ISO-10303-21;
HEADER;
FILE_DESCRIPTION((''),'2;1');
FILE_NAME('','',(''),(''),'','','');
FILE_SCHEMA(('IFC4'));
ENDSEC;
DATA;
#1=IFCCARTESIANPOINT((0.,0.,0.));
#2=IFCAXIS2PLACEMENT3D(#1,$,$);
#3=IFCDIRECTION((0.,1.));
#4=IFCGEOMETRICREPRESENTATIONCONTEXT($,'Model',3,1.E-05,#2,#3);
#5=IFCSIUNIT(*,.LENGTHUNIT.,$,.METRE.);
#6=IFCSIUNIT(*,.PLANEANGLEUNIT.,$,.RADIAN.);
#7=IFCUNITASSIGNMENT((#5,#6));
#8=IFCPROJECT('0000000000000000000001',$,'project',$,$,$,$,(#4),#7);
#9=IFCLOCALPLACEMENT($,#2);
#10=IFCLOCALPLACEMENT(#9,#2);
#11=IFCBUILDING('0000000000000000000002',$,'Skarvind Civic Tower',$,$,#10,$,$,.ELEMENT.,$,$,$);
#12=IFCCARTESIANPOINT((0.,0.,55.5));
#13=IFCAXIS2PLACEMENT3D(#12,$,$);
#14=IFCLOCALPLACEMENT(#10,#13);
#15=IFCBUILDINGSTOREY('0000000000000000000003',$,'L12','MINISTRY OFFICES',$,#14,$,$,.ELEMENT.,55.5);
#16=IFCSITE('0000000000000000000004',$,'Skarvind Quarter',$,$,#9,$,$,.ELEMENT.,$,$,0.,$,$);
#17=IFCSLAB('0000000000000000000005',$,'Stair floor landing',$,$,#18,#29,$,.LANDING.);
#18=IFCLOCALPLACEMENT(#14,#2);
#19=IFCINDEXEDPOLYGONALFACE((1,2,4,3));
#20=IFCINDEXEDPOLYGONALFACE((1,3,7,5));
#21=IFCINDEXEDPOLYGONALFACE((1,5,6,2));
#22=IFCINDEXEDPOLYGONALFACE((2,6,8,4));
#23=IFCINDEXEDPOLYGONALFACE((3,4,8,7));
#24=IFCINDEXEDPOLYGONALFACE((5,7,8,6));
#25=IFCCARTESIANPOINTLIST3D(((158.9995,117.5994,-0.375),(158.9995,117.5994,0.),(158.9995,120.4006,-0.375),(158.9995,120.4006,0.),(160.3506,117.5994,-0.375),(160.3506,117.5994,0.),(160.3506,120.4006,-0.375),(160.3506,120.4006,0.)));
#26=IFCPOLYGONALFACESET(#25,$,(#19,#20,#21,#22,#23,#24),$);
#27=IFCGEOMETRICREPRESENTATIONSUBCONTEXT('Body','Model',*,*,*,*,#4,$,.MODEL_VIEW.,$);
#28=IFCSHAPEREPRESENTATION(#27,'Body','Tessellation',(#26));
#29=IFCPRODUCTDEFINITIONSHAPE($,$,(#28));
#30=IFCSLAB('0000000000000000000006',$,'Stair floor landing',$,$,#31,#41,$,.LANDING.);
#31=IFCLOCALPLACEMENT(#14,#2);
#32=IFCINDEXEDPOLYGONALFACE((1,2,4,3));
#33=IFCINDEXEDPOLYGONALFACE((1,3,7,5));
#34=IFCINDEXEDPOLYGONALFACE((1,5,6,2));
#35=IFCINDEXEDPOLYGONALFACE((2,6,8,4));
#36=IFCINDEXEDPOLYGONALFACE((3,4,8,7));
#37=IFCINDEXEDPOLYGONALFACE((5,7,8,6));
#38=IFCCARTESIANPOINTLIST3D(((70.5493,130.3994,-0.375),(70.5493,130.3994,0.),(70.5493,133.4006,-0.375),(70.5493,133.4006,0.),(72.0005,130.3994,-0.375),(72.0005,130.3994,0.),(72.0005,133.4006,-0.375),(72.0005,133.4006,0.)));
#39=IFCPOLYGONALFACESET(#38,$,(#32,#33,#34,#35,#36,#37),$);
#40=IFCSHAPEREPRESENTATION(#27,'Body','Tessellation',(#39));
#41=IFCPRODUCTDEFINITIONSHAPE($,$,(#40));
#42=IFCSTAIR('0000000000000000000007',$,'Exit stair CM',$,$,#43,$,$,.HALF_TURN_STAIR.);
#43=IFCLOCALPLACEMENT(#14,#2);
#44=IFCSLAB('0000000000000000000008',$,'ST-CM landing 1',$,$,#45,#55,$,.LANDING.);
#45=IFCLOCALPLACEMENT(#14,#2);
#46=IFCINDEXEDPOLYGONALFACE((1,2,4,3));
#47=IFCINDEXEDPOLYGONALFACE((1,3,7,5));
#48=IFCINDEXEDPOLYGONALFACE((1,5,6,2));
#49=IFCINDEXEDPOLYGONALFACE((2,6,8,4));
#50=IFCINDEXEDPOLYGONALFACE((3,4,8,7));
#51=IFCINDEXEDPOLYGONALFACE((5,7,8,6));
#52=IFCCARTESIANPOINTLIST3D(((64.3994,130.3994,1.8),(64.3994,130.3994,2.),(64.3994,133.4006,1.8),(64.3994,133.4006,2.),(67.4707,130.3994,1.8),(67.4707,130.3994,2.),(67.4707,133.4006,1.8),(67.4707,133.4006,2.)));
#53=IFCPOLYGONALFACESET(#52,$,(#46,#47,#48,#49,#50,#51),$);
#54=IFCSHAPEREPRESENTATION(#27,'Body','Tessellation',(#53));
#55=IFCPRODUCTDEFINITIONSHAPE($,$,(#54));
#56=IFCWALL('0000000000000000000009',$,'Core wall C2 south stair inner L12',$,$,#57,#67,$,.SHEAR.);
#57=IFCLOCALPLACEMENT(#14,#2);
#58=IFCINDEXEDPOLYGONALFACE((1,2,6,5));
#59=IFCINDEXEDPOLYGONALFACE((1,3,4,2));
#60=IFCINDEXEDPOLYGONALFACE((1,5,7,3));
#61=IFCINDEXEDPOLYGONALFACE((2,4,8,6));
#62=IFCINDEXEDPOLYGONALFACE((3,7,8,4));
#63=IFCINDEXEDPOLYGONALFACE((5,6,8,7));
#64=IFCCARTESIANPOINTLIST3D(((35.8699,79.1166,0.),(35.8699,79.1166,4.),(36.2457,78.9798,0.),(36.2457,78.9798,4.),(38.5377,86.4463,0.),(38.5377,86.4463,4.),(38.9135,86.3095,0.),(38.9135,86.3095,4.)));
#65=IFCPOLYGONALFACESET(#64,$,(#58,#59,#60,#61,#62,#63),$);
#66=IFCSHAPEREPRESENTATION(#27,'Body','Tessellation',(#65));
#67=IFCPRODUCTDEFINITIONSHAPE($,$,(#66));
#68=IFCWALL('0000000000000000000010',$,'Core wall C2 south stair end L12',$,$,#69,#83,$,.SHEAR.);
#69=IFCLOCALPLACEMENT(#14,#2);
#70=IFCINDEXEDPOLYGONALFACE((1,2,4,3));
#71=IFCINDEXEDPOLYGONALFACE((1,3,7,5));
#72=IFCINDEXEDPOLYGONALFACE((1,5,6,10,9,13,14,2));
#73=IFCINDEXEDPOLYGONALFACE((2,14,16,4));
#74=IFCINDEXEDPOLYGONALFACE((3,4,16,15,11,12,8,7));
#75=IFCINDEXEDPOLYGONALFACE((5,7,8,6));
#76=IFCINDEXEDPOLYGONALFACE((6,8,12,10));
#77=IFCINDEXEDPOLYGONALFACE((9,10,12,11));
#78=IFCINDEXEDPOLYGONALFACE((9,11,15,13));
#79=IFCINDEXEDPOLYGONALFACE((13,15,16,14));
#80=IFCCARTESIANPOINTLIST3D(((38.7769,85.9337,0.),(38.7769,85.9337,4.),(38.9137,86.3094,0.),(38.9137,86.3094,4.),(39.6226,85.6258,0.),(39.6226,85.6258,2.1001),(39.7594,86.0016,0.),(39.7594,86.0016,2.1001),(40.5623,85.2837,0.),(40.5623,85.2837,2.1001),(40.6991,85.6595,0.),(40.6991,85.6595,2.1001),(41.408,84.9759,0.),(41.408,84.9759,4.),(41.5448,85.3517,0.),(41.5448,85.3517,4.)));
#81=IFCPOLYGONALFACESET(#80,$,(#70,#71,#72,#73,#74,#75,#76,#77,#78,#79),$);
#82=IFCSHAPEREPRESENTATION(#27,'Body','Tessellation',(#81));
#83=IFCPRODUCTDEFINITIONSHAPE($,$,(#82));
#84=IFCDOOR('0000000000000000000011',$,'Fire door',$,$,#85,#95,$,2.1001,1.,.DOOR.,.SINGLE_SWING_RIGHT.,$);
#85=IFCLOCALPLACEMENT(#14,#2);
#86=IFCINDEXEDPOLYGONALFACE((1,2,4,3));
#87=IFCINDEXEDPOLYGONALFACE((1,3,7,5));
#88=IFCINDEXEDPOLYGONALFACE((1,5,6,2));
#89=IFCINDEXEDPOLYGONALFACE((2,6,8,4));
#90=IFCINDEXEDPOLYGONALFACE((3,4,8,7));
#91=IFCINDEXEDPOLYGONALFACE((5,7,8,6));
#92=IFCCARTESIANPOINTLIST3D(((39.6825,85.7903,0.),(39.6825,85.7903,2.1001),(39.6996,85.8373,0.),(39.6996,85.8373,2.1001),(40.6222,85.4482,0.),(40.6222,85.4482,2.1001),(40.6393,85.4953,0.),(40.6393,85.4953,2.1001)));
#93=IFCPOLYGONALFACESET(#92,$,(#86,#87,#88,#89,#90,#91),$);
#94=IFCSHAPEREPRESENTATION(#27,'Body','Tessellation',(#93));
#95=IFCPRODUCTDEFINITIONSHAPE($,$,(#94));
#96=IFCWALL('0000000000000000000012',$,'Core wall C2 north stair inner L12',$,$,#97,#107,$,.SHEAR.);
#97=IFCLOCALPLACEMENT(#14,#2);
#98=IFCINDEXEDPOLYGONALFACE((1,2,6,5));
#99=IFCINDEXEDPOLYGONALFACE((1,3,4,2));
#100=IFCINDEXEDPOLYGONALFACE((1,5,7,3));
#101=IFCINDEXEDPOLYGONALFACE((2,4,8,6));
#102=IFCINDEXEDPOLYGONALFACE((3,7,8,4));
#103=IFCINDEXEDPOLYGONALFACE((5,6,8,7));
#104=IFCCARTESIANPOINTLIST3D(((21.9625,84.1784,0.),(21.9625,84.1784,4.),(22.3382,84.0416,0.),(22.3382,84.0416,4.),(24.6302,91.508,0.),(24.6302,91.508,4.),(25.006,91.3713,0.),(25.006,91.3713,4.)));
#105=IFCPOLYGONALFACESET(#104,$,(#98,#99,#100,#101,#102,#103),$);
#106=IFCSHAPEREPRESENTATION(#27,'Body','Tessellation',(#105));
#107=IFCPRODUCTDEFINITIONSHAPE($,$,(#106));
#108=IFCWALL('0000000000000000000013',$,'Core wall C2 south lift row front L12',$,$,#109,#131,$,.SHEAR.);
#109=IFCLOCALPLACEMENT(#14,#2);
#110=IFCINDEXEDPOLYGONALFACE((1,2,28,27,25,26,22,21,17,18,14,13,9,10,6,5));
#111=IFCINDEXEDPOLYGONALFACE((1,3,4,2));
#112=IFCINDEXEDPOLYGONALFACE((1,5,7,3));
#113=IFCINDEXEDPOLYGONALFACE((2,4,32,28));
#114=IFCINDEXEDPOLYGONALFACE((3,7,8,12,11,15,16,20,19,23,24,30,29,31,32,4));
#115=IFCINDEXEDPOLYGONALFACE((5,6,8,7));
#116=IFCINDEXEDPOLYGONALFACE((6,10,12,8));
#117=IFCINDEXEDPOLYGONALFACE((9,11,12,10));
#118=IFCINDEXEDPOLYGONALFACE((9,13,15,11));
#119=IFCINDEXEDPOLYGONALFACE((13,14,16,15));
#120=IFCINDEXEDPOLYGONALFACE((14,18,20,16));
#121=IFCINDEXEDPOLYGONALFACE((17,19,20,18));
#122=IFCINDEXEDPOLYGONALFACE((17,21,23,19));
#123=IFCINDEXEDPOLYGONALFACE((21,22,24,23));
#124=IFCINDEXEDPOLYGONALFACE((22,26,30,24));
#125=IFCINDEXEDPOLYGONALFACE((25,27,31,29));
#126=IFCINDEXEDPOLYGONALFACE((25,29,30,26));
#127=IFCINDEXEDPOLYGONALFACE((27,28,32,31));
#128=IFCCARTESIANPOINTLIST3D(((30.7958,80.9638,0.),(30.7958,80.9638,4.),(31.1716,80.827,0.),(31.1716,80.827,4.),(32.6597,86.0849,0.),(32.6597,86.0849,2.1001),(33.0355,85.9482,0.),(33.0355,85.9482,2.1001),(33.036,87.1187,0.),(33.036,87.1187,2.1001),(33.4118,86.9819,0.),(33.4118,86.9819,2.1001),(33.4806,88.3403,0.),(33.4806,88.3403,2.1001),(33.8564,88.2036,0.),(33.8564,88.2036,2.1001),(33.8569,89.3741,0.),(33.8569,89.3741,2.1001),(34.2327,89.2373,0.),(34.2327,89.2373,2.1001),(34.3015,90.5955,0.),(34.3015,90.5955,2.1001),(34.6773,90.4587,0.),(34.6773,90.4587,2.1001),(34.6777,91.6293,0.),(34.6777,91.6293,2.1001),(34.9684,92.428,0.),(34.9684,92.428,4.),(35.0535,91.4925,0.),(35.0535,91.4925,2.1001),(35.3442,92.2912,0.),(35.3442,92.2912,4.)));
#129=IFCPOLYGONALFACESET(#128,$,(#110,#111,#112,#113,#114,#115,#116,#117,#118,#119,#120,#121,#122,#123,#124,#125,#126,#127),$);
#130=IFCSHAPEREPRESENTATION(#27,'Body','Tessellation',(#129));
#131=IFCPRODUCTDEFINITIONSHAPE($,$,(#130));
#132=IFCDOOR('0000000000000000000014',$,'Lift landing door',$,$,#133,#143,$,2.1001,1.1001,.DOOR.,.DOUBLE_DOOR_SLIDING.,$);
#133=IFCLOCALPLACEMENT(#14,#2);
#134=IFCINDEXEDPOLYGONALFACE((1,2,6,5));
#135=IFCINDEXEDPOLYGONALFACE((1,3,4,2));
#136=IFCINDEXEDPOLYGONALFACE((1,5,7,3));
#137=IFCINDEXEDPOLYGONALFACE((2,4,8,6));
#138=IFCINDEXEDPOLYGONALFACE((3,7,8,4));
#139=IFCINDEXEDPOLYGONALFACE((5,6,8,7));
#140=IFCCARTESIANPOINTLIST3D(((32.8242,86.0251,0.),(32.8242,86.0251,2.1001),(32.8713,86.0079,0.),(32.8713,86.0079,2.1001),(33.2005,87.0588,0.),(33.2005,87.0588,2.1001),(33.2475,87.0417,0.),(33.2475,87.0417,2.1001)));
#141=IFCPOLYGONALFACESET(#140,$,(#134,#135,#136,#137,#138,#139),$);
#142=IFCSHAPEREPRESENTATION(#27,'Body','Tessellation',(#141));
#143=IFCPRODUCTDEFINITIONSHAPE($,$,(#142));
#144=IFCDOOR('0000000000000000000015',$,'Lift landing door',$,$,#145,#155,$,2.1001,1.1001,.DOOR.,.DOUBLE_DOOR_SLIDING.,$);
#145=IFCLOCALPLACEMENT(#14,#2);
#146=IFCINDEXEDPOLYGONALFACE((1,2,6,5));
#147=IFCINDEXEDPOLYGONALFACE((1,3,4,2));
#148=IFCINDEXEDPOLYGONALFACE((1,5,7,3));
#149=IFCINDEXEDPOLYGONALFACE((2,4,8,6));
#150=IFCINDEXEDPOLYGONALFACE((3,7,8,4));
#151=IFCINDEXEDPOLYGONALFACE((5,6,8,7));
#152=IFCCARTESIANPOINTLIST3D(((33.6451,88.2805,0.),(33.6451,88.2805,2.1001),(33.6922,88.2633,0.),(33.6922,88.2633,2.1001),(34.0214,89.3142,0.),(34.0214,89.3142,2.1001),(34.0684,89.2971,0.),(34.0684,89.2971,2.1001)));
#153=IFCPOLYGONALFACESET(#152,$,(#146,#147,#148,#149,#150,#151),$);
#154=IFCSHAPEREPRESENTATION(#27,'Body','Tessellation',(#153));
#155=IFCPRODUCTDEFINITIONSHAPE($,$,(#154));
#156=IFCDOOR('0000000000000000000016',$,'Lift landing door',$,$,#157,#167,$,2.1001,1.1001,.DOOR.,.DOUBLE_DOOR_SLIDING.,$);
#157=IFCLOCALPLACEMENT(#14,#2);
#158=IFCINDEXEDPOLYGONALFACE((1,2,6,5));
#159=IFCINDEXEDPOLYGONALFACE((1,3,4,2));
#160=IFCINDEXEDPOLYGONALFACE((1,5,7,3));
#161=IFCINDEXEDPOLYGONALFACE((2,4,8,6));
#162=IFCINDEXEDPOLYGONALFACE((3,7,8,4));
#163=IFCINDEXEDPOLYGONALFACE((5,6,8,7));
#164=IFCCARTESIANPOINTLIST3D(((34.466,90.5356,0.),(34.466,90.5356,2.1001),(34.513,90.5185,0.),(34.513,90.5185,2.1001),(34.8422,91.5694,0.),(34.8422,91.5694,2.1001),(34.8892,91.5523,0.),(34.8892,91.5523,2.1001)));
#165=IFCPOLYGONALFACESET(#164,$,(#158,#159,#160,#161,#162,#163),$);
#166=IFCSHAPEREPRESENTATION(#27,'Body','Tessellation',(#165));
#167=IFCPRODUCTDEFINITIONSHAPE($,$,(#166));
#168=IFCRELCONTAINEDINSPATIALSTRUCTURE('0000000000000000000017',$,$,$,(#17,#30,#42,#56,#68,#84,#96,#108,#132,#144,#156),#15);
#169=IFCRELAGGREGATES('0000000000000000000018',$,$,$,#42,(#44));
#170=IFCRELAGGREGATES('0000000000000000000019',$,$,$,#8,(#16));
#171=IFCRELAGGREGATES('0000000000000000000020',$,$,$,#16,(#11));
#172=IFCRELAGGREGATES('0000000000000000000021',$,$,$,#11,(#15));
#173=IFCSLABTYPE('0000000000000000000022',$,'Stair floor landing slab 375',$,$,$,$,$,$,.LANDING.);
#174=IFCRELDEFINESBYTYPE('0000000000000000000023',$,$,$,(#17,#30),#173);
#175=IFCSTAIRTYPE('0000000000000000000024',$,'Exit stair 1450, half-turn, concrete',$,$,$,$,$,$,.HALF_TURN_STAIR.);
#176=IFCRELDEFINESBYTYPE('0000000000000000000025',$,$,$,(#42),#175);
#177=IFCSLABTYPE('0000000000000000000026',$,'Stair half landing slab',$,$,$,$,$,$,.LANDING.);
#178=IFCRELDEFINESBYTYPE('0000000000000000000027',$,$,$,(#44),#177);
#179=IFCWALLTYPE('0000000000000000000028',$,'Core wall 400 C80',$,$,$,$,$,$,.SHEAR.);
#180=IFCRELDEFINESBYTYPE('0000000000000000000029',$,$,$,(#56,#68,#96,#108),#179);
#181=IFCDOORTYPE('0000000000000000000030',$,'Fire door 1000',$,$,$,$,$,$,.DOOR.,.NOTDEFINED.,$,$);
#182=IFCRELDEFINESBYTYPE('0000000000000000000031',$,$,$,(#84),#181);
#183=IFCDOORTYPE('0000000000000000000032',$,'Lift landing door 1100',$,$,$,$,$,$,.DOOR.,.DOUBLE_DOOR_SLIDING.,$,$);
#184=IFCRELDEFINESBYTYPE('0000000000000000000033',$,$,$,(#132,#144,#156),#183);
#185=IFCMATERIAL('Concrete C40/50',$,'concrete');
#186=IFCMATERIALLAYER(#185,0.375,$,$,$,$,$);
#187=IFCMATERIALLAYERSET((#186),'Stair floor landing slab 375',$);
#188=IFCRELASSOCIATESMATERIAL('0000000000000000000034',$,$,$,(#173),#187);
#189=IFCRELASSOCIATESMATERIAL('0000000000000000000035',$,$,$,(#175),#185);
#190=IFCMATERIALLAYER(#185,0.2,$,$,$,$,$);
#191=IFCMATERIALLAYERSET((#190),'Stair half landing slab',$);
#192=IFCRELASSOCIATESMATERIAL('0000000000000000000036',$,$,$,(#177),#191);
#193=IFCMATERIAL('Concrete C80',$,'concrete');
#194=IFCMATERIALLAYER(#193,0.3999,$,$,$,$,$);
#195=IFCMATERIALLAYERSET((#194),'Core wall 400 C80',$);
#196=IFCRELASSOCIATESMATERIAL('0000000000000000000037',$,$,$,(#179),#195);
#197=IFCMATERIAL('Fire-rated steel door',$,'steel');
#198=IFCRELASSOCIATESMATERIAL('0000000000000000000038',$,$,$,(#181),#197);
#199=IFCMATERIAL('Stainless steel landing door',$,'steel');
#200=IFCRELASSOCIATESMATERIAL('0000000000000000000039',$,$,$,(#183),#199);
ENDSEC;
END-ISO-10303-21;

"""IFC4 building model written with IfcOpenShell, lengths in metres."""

from ifc_helpers import new_model, si_unit, direction, frame, frame_2d, origin, place, context, subcontext, project, spatial, polyline, rectangle, outline, extrude, material, layer, layer_set, type_object, element, fill, aggregate, save


model = new_model("IFC4")

# Units and contexts
model_context = context("Model", 3, precision=1e-05, world=origin(), true_north=direction((0.0, 1.0)))
body_context = subcontext(model_context, "Body", "Model", "MODEL_VIEW")
ifc_project = project(units=[si_unit("LENGTHUNIT", "METRE"), si_unit("PLANEANGLEUNIT", "RADIAN")], contexts=[model_context])

# Site, building, storey
site_placement = place(None, origin())
site = spatial("IfcSite", under=ifc_project, at=site_placement, Name="Skarvind Quarter", CompositionType="ELEMENT", RefElevation=0.0)
building_placement = place(site_placement, origin())
building = spatial("IfcBuilding", under=site, at=building_placement, Name="Skarvind Civic Tower", CompositionType="ELEMENT")
storey_placement = place(building_placement, frame((0.0, 0.0, 55.5)))
storey = spatial("IfcBuildingStorey", under=building, at=storey_placement, Name="L12", Description="MINISTRY OFFICES", CompositionType="ELEMENT", Elevation=55.5)

# Slabs
ifc_material_1 = material(Name="Concrete C40/50", Category="concrete")
ifc_layer_1 = layer(ifc_material_1, 0.375)
ifc_layer_set_1 = layer_set([ifc_layer_1], Name="Stair floor landing slab 375")
slab_type_1 = type_object("IfcSlabType", Name="Stair floor landing slab 375", PredefinedType="LANDING", material=ifc_layer_set_1)
slab_1_placement = place(storey_placement, frame((0.0, 0.0, -0.375)))
element("IfcSlab", 1, at=slab_1_placement, inside=storey, type_object=slab_type_1, Name="Stair floor landing", PredefinedType="LANDING", context=body_context, shape_type="SweptSolid", body=[
    extrude(outline(polyline([(160.3506, 120.4006), (160.3506, 117.5994), (158.9995, 117.5994), (158.9995, 120.4006), (160.3506, 120.4006)])), origin(), (0.0, 0.0, 1.0), 0.375),
])
slab_2_placement = place(storey_placement, frame((0.0, 0.0, -0.375)))
element("IfcSlab", 2, at=slab_2_placement, inside=storey, type_object=slab_type_1, Name="Stair floor landing", PredefinedType="LANDING", context=body_context, shape_type="SweptSolid", body=[
    extrude(outline(polyline([(70.5493, 130.3994), (70.5493, 133.4006), (72.0005, 133.4006), (72.0005, 130.3994), (70.5493, 130.3994)])), origin(), (0.0, 0.0, 1.0), 0.375),
])

# Stair, slab
stair_type_1 = type_object("IfcStairType", Name="Exit stair 1450, half-turn, concrete", PredefinedType="HALF_TURN_STAIR", material=ifc_material_1)
stair_1_placement = place(storey_placement, origin())
stair_1 = element("IfcStair", 3, at=stair_1_placement, inside=storey, type_object=stair_type_1, Name="Exit stair CM", PredefinedType="HALF_TURN_STAIR")
ifc_layer_2 = layer(ifc_material_1, 0.2)
ifc_layer_set_2 = layer_set([ifc_layer_2], Name="Stair half landing slab")
slab_type_2 = type_object("IfcSlabType", Name="Stair half landing slab", PredefinedType="LANDING", material=ifc_layer_set_2)
slab_3_placement = place(storey_placement, frame((0.0, 0.0, 1.8)))
slab_3 = element("IfcSlab", 4, at=slab_3_placement, type_object=slab_type_2, Name="ST-CM landing 1", PredefinedType="LANDING", context=body_context, shape_type="SweptSolid", body=[
    extrude(outline(polyline([(67.4707, 133.4006), (67.4707, 130.3994), (64.3994, 130.3994), (64.3994, 133.4006), (67.4707, 133.4006)])), origin(), (0.0, 0.0, 1.0), 0.2),
])
aggregate(stair_1, [slab_3])

# Wall
ifc_material_2 = material(Name="Concrete C80", Category="concrete")
ifc_layer_3 = layer(ifc_material_2, 0.3999)
ifc_layer_set_3 = layer_set([ifc_layer_3], Name="Core wall 400 C80")
wall_type_1 = type_object("IfcWallType", Name="Core wall 400 C80", PredefinedType="SHEAR", material=ifc_layer_set_3)
wall_1_placement = place(storey_placement, frame((36.0579, 79.0483, 0.0), z_axis=(0.0, 0.0, 1.0), x_axis=(0.342017, 0.939694, 0.0)))
element("IfcWall", 5, at=wall_1_placement, inside=storey, type_object=wall_type_1, Name="Core wall C2 south stair inner L12", PredefinedType="SHEAR", context=body_context, shape_type="SweptSolid", body=[
    extrude(rectangle(XDim=7.8, YDim=0.3999, at=frame_2d((3.8999, 0.0))), origin(), (0.0, 0.0, 1.0), 4.0),
])

# Wall, opening, door
wall_2_placement = place(storey_placement, frame((41.4763, 85.1638, 0.0), z_axis=(0.0, 0.0, 1.0), x_axis=(-0.939679, 0.342058, 0.0)))
wall_2 = element("IfcWall", 6, at=wall_2_placement, inside=storey, type_object=wall_type_1, Name="Core wall C2 south stair end L12", PredefinedType="SHEAR", context=body_context, shape_type="SweptSolid", body=[
    extrude(rectangle(XDim=2.8, YDim=0.3999, at=frame_2d((1.3999, 0.0))), origin(), (0.0, 0.0, 1.0), 4.0),
])
opening_1_placement = place(wall_2_placement, frame((0.8999, 0.0, 0.0)))
opening_1 = element("IfcOpeningElement", 7, at=opening_1_placement, cuts=wall_2, PredefinedType="OPENING", context=body_context, shape_type="SweptSolid", body=[
    extrude(rectangle(XDim=1.0, YDim=2.1001, at=frame_2d((0.5, 1.05))), frame((0.0, 0.21, 0.0), z_axis=(0.0, -1.0, 0.0), x_axis=(1.0, 0.0, 0.0)), (0.0, 0.0, 1.0), 0.4199),
])
ifc_material_3 = material(Name="Fire-rated steel door", Category="steel")
door_type_1 = type_object("IfcDoorType", Name="Fire door 1000", OperationType="NOTDEFINED", PredefinedType="DOOR", material=ifc_material_3)
door_1_placement = place(opening_1_placement, origin())
door_1 = element("IfcDoor", 8, at=door_1_placement, inside=storey, type_object=door_type_1, Name="Fire door", OperationType="SINGLE_SWING_RIGHT", OverallHeight=2.1001, OverallWidth=1.0, PredefinedType="DOOR", context=body_context, shape_type="SweptSolid", body=[
    extrude(rectangle(XDim=1.0, YDim=2.1001, at=frame_2d((0.5, 1.05))), frame((0.0, 0.0249, 0.0), z_axis=(0.0, -1.0, 0.0), x_axis=(1.0, 0.0, 0.0)), (0.0, 0.0, 1.0), 0.05),
])
fill(opening_1, door_1)

# Wall
wall_3_placement = place(storey_placement, frame((22.1504, 84.1101, 0.0), z_axis=(0.0, 0.0, 1.0), x_axis=(0.342017, 0.939694, 0.0)))
element("IfcWall", 9, at=wall_3_placement, inside=storey, type_object=wall_type_1, Name="Core wall C2 north stair inner L12", PredefinedType="SHEAR", context=body_context, shape_type="SweptSolid", body=[
    extrude(rectangle(XDim=7.8, YDim=0.3999, at=frame_2d((3.8999, 0.0))), origin(), (0.0, 0.0, 1.0), 4.0),
])

# Wall, openings, doors
wall_4_placement = place(storey_placement, frame((30.9836, 80.8953, 0.0), z_axis=(0.0, 0.0, 1.0), x_axis=(0.342021, 0.939692, 0.0)))
wall_4 = element("IfcWall", 10, at=wall_4_placement, inside=storey, type_object=wall_type_1, Name="Core wall C2 south lift row front L12", PredefinedType="SHEAR", context=body_context, shape_type="SweptSolid", body=[
    extrude(rectangle(XDim=12.2, YDim=0.3999, at=frame_2d((6.1001, 0.0))), origin(), (0.0, 0.0, 1.0), 4.0),
])
opening_2_placement = place(wall_4_placement, frame((5.45, 0.0, 0.0)))
opening_2 = element("IfcOpeningElement", 11, at=opening_2_placement, cuts=wall_4, PredefinedType="OPENING", context=body_context, shape_type="SweptSolid", body=[
    extrude(rectangle(XDim=1.1001, YDim=2.1001, at=frame_2d((0.55, 1.05))), frame((0.0, 0.21, 0.0), z_axis=(0.0, -1.0, 0.0), x_axis=(1.0, 0.0, 0.0)), (0.0, 0.0, 1.0), 0.4199),
])
opening_3_placement = place(wall_4_placement, frame((7.8501, 0.0, 0.0)))
opening_3 = element("IfcOpeningElement", 12, at=opening_3_placement, cuts=wall_4, PredefinedType="OPENING", context=body_context, shape_type="SweptSolid", body=[
    extrude(rectangle(XDim=1.1001, YDim=2.1001, at=frame_2d((0.55, 1.05))), frame((0.0, 0.21, 0.0), z_axis=(0.0, -1.0, 0.0), x_axis=(1.0, 0.0, 0.0)), (0.0, 0.0, 1.0), 0.4199),
])
opening_4_placement = place(wall_4_placement, frame((10.25, 0.0, 0.0)))
opening_4 = element("IfcOpeningElement", 13, at=opening_4_placement, cuts=wall_4, PredefinedType="OPENING", context=body_context, shape_type="SweptSolid", body=[
    extrude(rectangle(XDim=1.1001, YDim=2.1001, at=frame_2d((0.55, 1.05))), frame((0.0, 0.21, 0.0), z_axis=(0.0, -1.0, 0.0), x_axis=(1.0, 0.0, 0.0)), (0.0, 0.0, 1.0), 0.4199),
])
ifc_material_4 = material(Name="Stainless steel landing door", Category="steel")
door_type_2 = type_object("IfcDoorType", Name="Lift landing door 1100", OperationType="DOUBLE_DOOR_SLIDING", PredefinedType="DOOR", material=ifc_material_4)
door_2_placement = place(opening_2_placement, origin())
door_2 = element("IfcDoor", 14, at=door_2_placement, inside=storey, type_object=door_type_2, Name="Lift landing door", OperationType="DOUBLE_DOOR_SLIDING", OverallHeight=2.1001, OverallWidth=1.1001, PredefinedType="DOOR", context=body_context, shape_type="SweptSolid", body=[
    extrude(rectangle(XDim=1.1001, YDim=2.1001, at=frame_2d((0.55, 1.05))), frame((0.0, 0.0249, 0.0), z_axis=(0.0, -1.0, 0.0), x_axis=(1.0, 0.0, 0.0)), (0.0, 0.0, 1.0), 0.05),
])
fill(opening_2, door_2)
door_3_placement = place(opening_3_placement, origin())
door_3 = element("IfcDoor", 15, at=door_3_placement, inside=storey, type_object=door_type_2, Name="Lift landing door", OperationType="DOUBLE_DOOR_SLIDING", OverallHeight=2.1001, OverallWidth=1.1001, PredefinedType="DOOR", context=body_context, shape_type="SweptSolid", body=[
    extrude(rectangle(XDim=1.1001, YDim=2.1001, at=frame_2d((0.55, 1.05))), frame((0.0, 0.0249, 0.0), z_axis=(0.0, -1.0, 0.0), x_axis=(1.0, 0.0, 0.0)), (0.0, 0.0, 1.0), 0.05),
])
fill(opening_3, door_3)
door_4_placement = place(opening_4_placement, origin())
door_4 = element("IfcDoor", 16, at=door_4_placement, inside=storey, type_object=door_type_2, Name="Lift landing door", OperationType="DOUBLE_DOOR_SLIDING", OverallHeight=2.1001, OverallWidth=1.1001, PredefinedType="DOOR", context=body_context, shape_type="SweptSolid", body=[
    extrude(rectangle(XDim=1.1001, YDim=2.1001, at=frame_2d((0.55, 1.05))), frame((0.0, 0.0249, 0.0), z_axis=(0.0, -1.0, 0.0), x_axis=(1.0, 0.0, 0.0)), (0.0, 0.0, 1.0), 0.05),
])
fill(opening_4, door_4)

save(model, "model.ifc")
